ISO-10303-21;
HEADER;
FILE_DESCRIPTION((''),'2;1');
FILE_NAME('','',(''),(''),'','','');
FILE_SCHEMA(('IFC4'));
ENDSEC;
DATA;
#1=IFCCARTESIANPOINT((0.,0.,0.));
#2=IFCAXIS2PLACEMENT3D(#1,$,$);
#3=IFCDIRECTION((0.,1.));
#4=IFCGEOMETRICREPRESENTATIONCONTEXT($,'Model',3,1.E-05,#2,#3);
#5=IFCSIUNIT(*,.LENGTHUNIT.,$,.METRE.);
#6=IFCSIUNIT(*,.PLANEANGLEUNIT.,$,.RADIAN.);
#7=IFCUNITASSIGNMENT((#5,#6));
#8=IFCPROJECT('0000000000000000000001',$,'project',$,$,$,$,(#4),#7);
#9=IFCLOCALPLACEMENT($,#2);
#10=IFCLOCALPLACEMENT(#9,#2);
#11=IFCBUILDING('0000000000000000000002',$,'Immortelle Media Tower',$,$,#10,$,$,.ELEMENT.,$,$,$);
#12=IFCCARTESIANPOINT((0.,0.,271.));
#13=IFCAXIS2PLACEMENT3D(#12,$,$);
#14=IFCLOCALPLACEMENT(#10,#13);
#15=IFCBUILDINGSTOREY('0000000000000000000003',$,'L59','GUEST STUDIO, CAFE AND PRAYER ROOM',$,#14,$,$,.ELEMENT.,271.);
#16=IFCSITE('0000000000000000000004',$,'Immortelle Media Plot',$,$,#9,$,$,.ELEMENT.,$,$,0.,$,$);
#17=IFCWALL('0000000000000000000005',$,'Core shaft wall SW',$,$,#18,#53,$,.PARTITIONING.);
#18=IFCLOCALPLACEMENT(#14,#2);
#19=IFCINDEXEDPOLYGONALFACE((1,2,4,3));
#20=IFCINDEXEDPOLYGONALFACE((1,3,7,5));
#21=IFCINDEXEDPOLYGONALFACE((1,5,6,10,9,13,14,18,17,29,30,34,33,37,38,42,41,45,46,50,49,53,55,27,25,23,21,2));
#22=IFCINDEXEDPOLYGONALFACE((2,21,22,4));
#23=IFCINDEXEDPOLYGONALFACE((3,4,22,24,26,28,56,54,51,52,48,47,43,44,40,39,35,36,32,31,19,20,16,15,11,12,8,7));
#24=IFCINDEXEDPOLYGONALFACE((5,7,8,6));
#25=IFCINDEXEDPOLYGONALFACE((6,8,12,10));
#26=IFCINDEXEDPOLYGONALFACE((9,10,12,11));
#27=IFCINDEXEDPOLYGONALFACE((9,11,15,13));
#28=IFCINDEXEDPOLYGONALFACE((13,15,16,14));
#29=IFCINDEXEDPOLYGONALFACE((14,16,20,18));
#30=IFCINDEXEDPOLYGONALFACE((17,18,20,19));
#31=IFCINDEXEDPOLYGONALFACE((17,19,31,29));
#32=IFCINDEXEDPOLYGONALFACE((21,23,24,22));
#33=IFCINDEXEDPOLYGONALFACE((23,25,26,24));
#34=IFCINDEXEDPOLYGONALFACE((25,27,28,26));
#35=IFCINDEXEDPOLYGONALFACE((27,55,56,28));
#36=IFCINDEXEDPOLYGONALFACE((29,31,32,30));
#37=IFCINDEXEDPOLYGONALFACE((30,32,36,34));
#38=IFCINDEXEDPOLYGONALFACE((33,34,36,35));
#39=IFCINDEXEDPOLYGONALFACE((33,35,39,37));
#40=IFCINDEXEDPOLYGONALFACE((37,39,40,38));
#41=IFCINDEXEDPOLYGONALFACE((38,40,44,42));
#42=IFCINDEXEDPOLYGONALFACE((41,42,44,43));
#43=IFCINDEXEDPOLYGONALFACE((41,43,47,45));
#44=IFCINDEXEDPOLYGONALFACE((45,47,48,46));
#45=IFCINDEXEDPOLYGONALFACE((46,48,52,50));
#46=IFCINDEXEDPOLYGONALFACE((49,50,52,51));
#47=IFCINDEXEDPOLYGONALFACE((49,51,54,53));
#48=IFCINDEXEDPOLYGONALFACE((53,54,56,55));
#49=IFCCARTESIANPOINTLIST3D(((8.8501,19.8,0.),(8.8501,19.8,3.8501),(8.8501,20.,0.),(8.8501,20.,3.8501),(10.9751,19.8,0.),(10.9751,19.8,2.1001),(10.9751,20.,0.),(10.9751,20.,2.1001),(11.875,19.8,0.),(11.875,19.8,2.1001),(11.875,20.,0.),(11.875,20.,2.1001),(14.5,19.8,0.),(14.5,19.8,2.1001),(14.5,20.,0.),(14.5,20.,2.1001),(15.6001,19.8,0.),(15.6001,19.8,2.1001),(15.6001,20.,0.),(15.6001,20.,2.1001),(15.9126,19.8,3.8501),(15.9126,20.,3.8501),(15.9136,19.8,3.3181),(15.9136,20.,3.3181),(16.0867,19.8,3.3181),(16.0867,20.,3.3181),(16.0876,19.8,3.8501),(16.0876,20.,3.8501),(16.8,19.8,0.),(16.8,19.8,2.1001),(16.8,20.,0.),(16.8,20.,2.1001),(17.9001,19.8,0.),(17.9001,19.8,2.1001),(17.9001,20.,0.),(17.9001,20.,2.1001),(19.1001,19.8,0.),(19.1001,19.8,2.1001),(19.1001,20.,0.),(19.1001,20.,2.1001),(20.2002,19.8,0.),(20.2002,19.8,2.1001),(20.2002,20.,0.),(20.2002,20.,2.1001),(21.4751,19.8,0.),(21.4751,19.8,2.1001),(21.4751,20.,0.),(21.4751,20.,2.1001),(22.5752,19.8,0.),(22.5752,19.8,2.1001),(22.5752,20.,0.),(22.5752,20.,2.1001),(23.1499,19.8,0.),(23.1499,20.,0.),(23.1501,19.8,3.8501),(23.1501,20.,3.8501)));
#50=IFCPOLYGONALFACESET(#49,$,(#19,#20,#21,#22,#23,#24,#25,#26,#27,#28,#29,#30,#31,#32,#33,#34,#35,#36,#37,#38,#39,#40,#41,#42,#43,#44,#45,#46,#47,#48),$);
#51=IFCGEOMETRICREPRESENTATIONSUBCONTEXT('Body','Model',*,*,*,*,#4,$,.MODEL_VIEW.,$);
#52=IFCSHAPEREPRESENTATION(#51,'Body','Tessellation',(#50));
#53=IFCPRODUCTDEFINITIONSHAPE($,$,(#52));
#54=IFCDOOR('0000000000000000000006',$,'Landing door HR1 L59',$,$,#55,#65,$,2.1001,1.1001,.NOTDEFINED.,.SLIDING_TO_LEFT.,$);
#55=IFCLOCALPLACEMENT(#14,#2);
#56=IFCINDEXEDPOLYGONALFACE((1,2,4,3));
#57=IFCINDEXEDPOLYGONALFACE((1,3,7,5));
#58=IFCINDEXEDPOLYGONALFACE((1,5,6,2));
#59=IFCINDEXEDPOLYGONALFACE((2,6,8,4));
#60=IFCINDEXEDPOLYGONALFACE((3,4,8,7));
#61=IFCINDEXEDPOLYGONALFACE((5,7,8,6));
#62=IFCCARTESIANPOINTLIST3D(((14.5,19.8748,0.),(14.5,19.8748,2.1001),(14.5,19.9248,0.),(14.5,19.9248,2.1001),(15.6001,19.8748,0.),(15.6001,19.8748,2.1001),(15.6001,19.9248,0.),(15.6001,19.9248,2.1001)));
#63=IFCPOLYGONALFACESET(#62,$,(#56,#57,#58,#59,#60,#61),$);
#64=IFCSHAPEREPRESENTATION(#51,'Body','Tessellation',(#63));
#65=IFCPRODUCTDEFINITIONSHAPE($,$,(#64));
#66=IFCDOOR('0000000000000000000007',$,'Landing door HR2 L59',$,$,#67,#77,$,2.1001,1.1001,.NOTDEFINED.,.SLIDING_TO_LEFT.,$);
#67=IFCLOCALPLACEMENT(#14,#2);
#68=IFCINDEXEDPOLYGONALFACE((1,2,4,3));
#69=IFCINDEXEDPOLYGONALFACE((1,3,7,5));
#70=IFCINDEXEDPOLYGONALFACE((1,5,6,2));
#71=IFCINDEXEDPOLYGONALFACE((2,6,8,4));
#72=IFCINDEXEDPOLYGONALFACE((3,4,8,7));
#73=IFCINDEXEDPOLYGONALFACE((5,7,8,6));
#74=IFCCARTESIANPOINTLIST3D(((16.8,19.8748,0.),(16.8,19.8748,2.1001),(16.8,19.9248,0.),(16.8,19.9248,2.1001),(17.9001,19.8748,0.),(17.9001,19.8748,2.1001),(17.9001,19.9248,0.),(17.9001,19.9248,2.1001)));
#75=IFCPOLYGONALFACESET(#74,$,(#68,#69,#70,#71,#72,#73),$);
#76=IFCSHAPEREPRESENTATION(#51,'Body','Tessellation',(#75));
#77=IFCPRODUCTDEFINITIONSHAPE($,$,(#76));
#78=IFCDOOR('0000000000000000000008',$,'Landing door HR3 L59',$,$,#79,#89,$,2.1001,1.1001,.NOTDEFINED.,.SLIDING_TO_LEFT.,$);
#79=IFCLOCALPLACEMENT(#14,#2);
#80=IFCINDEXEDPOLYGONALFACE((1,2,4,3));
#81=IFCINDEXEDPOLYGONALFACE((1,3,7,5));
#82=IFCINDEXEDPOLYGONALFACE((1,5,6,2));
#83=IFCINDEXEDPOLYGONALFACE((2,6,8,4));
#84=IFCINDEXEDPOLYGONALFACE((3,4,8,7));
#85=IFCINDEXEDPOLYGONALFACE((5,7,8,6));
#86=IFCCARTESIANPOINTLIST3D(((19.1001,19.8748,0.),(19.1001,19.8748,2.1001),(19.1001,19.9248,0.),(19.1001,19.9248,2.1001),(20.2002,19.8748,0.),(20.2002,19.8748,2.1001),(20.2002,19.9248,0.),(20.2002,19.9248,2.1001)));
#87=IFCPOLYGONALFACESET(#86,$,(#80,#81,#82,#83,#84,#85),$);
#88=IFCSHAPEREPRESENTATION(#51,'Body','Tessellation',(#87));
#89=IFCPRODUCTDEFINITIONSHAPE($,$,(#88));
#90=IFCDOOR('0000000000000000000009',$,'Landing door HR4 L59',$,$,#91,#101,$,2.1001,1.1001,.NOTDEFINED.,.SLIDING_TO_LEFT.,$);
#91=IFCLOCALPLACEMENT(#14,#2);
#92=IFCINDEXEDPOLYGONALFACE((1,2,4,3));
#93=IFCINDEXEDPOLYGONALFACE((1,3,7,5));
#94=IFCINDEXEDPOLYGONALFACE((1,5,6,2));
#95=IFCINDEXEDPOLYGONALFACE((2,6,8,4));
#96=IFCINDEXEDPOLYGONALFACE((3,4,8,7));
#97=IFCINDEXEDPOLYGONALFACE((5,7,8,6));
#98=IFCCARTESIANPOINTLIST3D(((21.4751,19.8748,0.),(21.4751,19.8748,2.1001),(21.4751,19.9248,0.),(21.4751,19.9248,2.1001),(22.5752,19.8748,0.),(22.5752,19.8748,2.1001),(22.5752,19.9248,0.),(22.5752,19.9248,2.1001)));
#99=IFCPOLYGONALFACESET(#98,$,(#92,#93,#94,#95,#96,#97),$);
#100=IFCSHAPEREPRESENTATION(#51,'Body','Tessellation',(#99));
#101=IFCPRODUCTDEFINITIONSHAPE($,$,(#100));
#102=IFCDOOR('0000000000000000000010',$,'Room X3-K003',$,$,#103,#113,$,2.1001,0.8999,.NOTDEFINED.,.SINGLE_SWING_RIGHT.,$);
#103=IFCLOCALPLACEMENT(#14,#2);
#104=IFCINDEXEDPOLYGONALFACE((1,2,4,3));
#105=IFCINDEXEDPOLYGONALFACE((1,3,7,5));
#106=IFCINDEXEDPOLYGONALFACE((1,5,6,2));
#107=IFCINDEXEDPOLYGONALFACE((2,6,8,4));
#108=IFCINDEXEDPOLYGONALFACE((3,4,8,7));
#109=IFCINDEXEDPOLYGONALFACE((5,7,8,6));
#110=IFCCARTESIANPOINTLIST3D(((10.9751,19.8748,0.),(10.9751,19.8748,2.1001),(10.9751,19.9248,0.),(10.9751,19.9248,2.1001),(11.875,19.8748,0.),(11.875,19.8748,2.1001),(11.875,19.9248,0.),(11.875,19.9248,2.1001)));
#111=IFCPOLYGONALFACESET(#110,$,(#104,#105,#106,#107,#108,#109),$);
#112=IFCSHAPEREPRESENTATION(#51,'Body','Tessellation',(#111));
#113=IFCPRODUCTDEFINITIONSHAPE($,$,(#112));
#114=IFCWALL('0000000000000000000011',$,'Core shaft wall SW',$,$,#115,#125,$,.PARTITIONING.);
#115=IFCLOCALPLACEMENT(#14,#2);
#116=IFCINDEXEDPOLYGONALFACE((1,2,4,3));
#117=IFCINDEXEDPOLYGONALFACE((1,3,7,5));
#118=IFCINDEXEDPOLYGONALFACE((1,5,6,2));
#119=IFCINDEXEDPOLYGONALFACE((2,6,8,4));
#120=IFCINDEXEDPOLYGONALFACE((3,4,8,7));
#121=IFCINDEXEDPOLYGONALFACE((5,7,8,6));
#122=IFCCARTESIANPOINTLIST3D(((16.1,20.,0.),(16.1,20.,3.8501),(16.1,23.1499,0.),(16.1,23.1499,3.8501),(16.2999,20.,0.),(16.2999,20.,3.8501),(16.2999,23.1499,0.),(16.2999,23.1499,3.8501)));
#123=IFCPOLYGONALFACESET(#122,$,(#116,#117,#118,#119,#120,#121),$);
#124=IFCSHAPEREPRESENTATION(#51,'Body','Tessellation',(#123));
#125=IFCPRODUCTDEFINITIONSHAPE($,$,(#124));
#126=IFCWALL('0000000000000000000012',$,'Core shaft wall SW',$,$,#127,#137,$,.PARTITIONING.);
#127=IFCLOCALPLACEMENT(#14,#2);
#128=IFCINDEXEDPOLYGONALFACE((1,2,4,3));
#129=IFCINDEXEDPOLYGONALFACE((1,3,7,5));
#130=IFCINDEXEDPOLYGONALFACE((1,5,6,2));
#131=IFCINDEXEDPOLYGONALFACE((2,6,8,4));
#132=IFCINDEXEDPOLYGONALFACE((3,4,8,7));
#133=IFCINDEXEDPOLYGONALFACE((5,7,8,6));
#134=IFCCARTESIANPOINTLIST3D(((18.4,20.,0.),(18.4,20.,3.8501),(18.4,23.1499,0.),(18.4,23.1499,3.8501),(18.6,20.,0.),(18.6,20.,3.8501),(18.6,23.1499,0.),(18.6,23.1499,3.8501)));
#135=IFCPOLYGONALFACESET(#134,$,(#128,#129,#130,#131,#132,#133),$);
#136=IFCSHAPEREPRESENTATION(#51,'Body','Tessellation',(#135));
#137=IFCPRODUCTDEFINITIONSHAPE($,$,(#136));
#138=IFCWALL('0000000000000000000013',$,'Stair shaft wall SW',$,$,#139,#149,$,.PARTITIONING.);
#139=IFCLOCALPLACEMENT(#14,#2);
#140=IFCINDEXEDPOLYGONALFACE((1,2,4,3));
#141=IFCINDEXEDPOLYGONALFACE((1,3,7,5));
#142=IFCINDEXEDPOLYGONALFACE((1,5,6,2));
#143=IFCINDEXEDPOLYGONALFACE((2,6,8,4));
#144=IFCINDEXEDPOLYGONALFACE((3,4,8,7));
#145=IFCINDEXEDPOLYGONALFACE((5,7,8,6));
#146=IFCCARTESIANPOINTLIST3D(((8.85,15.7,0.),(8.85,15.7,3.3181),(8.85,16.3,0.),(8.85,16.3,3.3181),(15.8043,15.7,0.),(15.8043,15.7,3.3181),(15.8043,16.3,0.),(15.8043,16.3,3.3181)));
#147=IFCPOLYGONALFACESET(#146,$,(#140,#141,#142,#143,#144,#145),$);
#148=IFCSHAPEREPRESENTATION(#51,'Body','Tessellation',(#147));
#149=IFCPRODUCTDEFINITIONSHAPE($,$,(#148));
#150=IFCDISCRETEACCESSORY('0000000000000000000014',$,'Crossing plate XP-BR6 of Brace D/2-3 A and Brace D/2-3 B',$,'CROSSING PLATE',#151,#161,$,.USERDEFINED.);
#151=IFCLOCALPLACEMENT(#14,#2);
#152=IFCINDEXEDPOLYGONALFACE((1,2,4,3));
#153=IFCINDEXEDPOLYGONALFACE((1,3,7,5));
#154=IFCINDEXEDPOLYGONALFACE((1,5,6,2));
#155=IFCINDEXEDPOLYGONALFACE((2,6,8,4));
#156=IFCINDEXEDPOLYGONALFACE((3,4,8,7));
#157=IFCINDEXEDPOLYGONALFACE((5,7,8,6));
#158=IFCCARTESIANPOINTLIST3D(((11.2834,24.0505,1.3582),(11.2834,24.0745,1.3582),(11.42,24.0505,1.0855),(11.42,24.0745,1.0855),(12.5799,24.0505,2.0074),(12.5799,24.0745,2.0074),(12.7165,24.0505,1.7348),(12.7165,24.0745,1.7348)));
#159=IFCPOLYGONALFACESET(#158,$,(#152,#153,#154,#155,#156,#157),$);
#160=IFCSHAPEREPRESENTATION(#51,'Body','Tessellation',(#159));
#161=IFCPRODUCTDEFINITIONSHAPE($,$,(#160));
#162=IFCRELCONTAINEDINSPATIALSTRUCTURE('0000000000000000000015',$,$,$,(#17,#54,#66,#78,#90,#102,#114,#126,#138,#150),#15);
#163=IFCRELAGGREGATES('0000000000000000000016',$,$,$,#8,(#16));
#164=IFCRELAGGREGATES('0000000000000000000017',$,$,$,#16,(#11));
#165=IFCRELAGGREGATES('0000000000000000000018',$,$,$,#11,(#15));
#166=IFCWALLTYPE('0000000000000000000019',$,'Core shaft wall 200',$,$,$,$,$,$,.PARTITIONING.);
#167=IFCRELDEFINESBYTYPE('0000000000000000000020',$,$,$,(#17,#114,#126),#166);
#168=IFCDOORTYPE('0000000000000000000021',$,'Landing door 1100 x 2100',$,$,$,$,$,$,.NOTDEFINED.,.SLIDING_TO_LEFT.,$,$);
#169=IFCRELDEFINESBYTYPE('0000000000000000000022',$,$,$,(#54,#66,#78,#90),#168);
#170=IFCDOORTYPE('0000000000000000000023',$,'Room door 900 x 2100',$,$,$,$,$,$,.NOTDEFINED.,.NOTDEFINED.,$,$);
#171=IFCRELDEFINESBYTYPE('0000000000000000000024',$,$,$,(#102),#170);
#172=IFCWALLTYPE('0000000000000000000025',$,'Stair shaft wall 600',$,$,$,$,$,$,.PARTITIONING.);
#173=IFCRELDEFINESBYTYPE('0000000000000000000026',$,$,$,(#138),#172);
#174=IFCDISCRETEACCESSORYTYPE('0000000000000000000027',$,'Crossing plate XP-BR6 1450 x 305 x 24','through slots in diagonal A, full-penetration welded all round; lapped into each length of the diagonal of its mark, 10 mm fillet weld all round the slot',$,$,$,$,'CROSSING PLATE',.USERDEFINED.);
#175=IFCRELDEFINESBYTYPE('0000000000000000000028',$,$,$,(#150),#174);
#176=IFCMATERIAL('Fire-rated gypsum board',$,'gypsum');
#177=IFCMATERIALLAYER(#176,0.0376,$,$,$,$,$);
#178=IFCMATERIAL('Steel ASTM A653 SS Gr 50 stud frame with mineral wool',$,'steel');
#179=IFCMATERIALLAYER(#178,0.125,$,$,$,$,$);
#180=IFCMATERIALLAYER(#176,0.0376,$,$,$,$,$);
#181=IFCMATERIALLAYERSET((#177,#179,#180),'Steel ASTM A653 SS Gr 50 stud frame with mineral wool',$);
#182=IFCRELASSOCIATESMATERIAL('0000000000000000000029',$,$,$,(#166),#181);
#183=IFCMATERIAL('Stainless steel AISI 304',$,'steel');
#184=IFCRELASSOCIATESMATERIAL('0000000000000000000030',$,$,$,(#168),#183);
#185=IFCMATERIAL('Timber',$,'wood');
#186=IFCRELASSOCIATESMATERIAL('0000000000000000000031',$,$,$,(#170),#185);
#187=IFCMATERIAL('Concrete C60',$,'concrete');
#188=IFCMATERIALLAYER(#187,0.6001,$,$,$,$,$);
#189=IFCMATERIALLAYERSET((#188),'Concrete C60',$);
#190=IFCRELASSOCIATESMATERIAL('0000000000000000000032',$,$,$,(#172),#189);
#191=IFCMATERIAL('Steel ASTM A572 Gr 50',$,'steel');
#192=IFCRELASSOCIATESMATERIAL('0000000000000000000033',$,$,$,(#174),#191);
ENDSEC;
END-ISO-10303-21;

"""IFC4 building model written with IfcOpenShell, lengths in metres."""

from ifc_helpers import new_model, si_unit, direction, frame, frame_2d, origin, origin_2d, place, context, subcontext, project, spatial, polyline, rectangle, outline, extrude, material, layer, layer_set, material_profile, profile_set, type_object, element, fill, save


model = new_model("IFC4")

# Units and contexts
model_context = context("Model", 3, precision=1e-05, world=origin(), true_north=direction((0.0, 1.0)))
body_context = subcontext(model_context, "Body", "Model", "MODEL_VIEW")
ifc_project = project(units=[si_unit("LENGTHUNIT", "METRE"), si_unit("PLANEANGLEUNIT", "RADIAN")], contexts=[model_context])

# Site, building, storey
site_placement = place(None, origin())
site = spatial("IfcSite", under=ifc_project, at=site_placement, Name="Immortelle Media Plot", CompositionType="ELEMENT", RefElevation=0.0)
building_placement = place(site_placement, origin())
building = spatial("IfcBuilding", under=site, at=building_placement, Name="Immortelle Media Tower", CompositionType="ELEMENT")
storey_placement = place(building_placement, frame((0.0, 0.0, 271.0)))
storey = spatial("IfcBuildingStorey", under=building, at=storey_placement, Name="L59", Description="GUEST STUDIO, CAFE AND PRAYER ROOM", CompositionType="ELEMENT", Elevation=271.0)

# Shared definitions
ifc_material_1 = material(Name="Timber", Category="wood")

# Shared definitions
ifc_material_2 = material(Name="Fire-rated gypsum board", Category="gypsum")
ifc_material_3 = material(Name="Steel ASTM A653 SS Gr 50 stud frame with mineral wool", Category="steel")

# Wall, openings, doors
ifc_layer_1 = layer(ifc_material_2, 0.0376)
ifc_layer_2 = layer(ifc_material_3, 0.125)
ifc_layer_3 = layer(ifc_material_2, 0.0376)
ifc_layer_set_1 = layer_set([ifc_layer_1, ifc_layer_2, ifc_layer_3], Name="Steel ASTM A653 SS Gr 50 stud frame with mineral wool")
wall_type_1 = type_object("IfcWallType", Name="Core shaft wall 200", PredefinedType="PARTITIONING", material=ifc_layer_set_1)
wall_1_placement = place(storey_placement, frame((8.8501, 19.8999, 0.0), z_axis=(0.0, 0.0, 1.0), x_axis=(1.0, 0.0, 0.0)))
wall_1 = element("IfcWall", 1, at=wall_1_placement, inside=storey, type_object=wall_type_1, Name="Core shaft wall SW", PredefinedType="PARTITIONING", context=body_context, shape_type="SweptSolid", body=[
    extrude(outline(polyline([(0.0, 0.0), (14.2998, 0.0), (14.3, 3.8501), (7.2375, 3.8501), (7.2366, 3.3181), (7.0635, 3.3181), (7.0625, 3.8501), (0.0, 3.8501), (0.0, 0.0)])), frame((0.0, 0.1001, 0.0), z_axis=(0.0, -1.0, 0.0), x_axis=(1.0, 0.0, 0.0)), (0.0, 0.0, 1.0), 0.2),
])
opening_1_placement = place(wall_1_placement, frame((2.125, 0.0, 0.0)))
opening_1 = element("IfcOpeningElement", 2, at=opening_1_placement, cuts=wall_1, PredefinedType="OPENING", context=body_context, shape_type="SweptSolid", body=[
    extrude(rectangle(XDim=0.8999, YDim=2.1001, at=frame_2d((0.45, 1.05))), frame((0.0, 0.1099, 0.0), z_axis=(0.0, -1.0, 0.0), x_axis=(1.0, 0.0, 0.0)), (0.0, 0.0, 1.0), 0.22),
])
opening_2_placement = place(wall_1_placement, frame((5.6499, 0.0, 0.0)))
opening_2 = element("IfcOpeningElement", 3, at=opening_2_placement, cuts=wall_1, PredefinedType="OPENING", context=body_context, shape_type="SweptSolid", body=[
    extrude(rectangle(XDim=1.1001, YDim=2.1001, at=frame_2d((0.55, 1.05))), frame((0.0, 0.1099, 0.0), z_axis=(0.0, -1.0, 0.0), x_axis=(1.0, 0.0, 0.0)), (0.0, 0.0, 1.0), 0.22),
])
opening_3_placement = place(wall_1_placement, frame((7.95, 0.0, 0.0)))
opening_3 = element("IfcOpeningElement", 4, at=opening_3_placement, cuts=wall_1, PredefinedType="OPENING", context=body_context, shape_type="SweptSolid", body=[
    extrude(rectangle(XDim=1.1001, YDim=2.1001, at=frame_2d((0.55, 1.05))), frame((0.0, 0.1099, 0.0), z_axis=(0.0, -1.0, 0.0), x_axis=(1.0, 0.0, 0.0)), (0.0, 0.0, 1.0), 0.22),
])
opening_4_placement = place(wall_1_placement, frame((10.25, 0.0, 0.0)))
opening_4 = element("IfcOpeningElement", 5, at=opening_4_placement, cuts=wall_1, PredefinedType="OPENING", context=body_context, shape_type="SweptSolid", body=[
    extrude(rectangle(XDim=1.1001, YDim=2.1001, at=frame_2d((0.55, 1.05))), frame((0.0, 0.1099, 0.0), z_axis=(0.0, -1.0, 0.0), x_axis=(1.0, 0.0, 0.0)), (0.0, 0.0, 1.0), 0.22),
])
opening_5_placement = place(wall_1_placement, frame((12.625, 0.0, 0.0)))
opening_5 = element("IfcOpeningElement", 6, at=opening_5_placement, cuts=wall_1, PredefinedType="OPENING", context=body_context, shape_type="SweptSolid", body=[
    extrude(rectangle(XDim=1.1001, YDim=2.1001, at=frame_2d((0.55, 1.05))), frame((0.0, 0.1099, 0.0), z_axis=(0.0, -1.0, 0.0), x_axis=(1.0, 0.0, 0.0)), (0.0, 0.0, 1.0), 0.22),
])
ifc_material_4 = material(Name="Stainless steel AISI 304", Category="steel")
door_type_1 = type_object("IfcDoorType", Name="Landing door 1100 x 2100", OperationType="SLIDING_TO_LEFT", PredefinedType="NOTDEFINED", material=ifc_material_4)
door_1_placement = place(opening_2_placement, origin())
door_1 = element("IfcDoor", 7, at=door_1_placement, inside=storey, type_object=door_type_1, Name="Landing door HR1 L59", OperationType="SLIDING_TO_LEFT", OverallHeight=2.1001, OverallWidth=1.1001, PredefinedType="NOTDEFINED", context=body_context, shape_type="SweptSolid", body=[
    extrude(rectangle(XDim=1.1001, YDim=2.1001, at=frame_2d((0.55, 1.05))), frame((0.0, 0.0249, 0.0), z_axis=(0.0, -1.0, 0.0), x_axis=(1.0, 0.0, 0.0)), (0.0, 0.0, 1.0), 0.05),
])
fill(opening_2, door_1)
door_2_placement = place(opening_3_placement, origin())
door_2 = element("IfcDoor", 8, at=door_2_placement, inside=storey, type_object=door_type_1, Name="Landing door HR2 L59", OperationType="SLIDING_TO_LEFT", OverallHeight=2.1001, OverallWidth=1.1001, PredefinedType="NOTDEFINED", context=body_context, shape_type="SweptSolid", body=[
    extrude(rectangle(XDim=1.1001, YDim=2.1001, at=frame_2d((0.55, 1.05))), frame((0.0, 0.0249, 0.0), z_axis=(0.0, -1.0, 0.0), x_axis=(1.0, 0.0, 0.0)), (0.0, 0.0, 1.0), 0.05),
])
fill(opening_3, door_2)
door_3_placement = place(opening_4_placement, origin())
door_3 = element("IfcDoor", 9, at=door_3_placement, inside=storey, type_object=door_type_1, Name="Landing door HR3 L59", OperationType="SLIDING_TO_LEFT", OverallHeight=2.1001, OverallWidth=1.1001, PredefinedType="NOTDEFINED", context=body_context, shape_type="SweptSolid", body=[
    extrude(rectangle(XDim=1.1001, YDim=2.1001, at=frame_2d((0.55, 1.05))), frame((0.0, 0.0249, 0.0), z_axis=(0.0, -1.0, 0.0), x_axis=(1.0, 0.0, 0.0)), (0.0, 0.0, 1.0), 0.05),
])
fill(opening_4, door_3)
door_4_placement = place(opening_5_placement, origin())
door_4 = element("IfcDoor", 10, at=door_4_placement, inside=storey, type_object=door_type_1, Name="Landing door HR4 L59", OperationType="SLIDING_TO_LEFT", OverallHeight=2.1001, OverallWidth=1.1001, PredefinedType="NOTDEFINED", context=body_context, shape_type="SweptSolid", body=[
    extrude(rectangle(XDim=1.1001, YDim=2.1001, at=frame_2d((0.55, 1.05))), frame((0.0, 0.0249, 0.0), z_axis=(0.0, -1.0, 0.0), x_axis=(1.0, 0.0, 0.0)), (0.0, 0.0, 1.0), 0.05),
])
fill(opening_5, door_4)
door_type_2 = type_object("IfcDoorType", Name="Room door 900 x 2100", OperationType="NOTDEFINED", PredefinedType="NOTDEFINED", material=ifc_material_1)
door_5_placement = place(opening_1_placement, origin())
door_5 = element("IfcDoor", 11, at=door_5_placement, inside=storey, type_object=door_type_2, Name="Room X3-K003", OperationType="SINGLE_SWING_RIGHT", OverallHeight=2.1001, OverallWidth=0.8999, PredefinedType="NOTDEFINED", context=body_context, shape_type="SweptSolid", body=[
    extrude(rectangle(XDim=0.8999, YDim=2.1001, at=frame_2d((0.45, 1.05))), frame((0.0, 0.0249, 0.0), z_axis=(0.0, -1.0, 0.0), x_axis=(1.0, 0.0, 0.0)), (0.0, 0.0, 1.0), 0.05),
])
fill(opening_1, door_5)

# Walls
for number, where, z_axis, x_axis, name in (
    (12, (16.2, 20.0, 0.0), (0.0, 0.0, 1.0), (0.0, 1.0, 0.0), "Core shaft wall SW"),
    (13, (18.5, 20.0, 0.0), (0.0, 0.0, 1.0), (0.0, 1.0, 0.0), "Core shaft wall SW"),
):
    element("IfcWall", number, at=place(storey_placement, frame(where, z_axis=z_axis, x_axis=x_axis)), inside=storey, type_object=wall_type_1, Name=name, PredefinedType="PARTITIONING", context=body_context, shape_type="SweptSolid", body=[
        extrude(rectangle(XDim=3.1499, YDim=0.2, at=frame_2d((1.575, 0.0))), origin(), (0.0, 0.0, 1.0), 3.8501),
    ])
ifc_material_5 = material(Name="Concrete C60", Category="concrete")
ifc_layer_4 = layer(ifc_material_5, 0.6001)
ifc_layer_set_2 = layer_set([ifc_layer_4], Name="Concrete C60")
wall_type_2 = type_object("IfcWallType", Name="Stair shaft wall 600", PredefinedType="PARTITIONING", material=ifc_layer_set_2)
wall_2_placement = place(storey_placement, frame((8.8501, 16.0, 0.0), z_axis=(0.0, 0.0, 1.0), x_axis=(1.0, 0.0, 0.0)))
element("IfcWall", 14, at=wall_2_placement, inside=storey, type_object=wall_type_2, Name="Stair shaft wall SW", PredefinedType="PARTITIONING", context=body_context, shape_type="SweptSolid", body=[
    extrude(rectangle(XDim=6.9543, YDim=0.6001, at=frame_2d((3.4771, 0.0))), origin(), (0.0, 0.0, 1.0), 3.3181),
])

# Discrete accessory
ifc_material_6 = material(Name="Steel ASTM A572 Gr 50", Category="steel")
ifc_material_profile_1 = material_profile(ifc_material_6, rectangle(XDim=0.0239, YDim=0.3049, at=origin_2d()), Name="PL 24 x 305")
ifc_profile_set_1 = profile_set([ifc_material_profile_1], Name="Steel ASTM A572 Gr 50")
discrete_accessory_type_1 = type_object("IfcDiscreteAccessoryType", Name="Crossing plate XP-BR6 1450 x 305 x 24", Description="through slots in diagonal A, full-penetration welded all round; lapped into each length of the diagonal of its mark, 10 mm fillet weld all round the slot", ElementType="CROSSING PLATE", PredefinedType="USERDEFINED", material=ifc_profile_set_1)
discrete_accessory_placement = place(storey_placement, frame((12.6482, 24.0625, 1.8711), z_axis=(-0.894158, 0.0, -0.447752), x_axis=(0.0, -1.0, 0.0)))
element("IfcDiscreteAccessory", 15, at=discrete_accessory_placement, inside=storey, type_object=discrete_accessory_type_1, Name="Crossing plate XP-BR6 of Brace D/2-3 A and Brace D/2-3 B", ObjectType="CROSSING PLATE", PredefinedType="USERDEFINED", context=body_context, shape_type="SweptSolid", body=[
    extrude(rectangle(XDim=0.0239, YDim=0.3049, at=origin_2d()), origin(), (0.0, 0.0, 1.0), 1.45),
])

save(model, "model.ifc")
